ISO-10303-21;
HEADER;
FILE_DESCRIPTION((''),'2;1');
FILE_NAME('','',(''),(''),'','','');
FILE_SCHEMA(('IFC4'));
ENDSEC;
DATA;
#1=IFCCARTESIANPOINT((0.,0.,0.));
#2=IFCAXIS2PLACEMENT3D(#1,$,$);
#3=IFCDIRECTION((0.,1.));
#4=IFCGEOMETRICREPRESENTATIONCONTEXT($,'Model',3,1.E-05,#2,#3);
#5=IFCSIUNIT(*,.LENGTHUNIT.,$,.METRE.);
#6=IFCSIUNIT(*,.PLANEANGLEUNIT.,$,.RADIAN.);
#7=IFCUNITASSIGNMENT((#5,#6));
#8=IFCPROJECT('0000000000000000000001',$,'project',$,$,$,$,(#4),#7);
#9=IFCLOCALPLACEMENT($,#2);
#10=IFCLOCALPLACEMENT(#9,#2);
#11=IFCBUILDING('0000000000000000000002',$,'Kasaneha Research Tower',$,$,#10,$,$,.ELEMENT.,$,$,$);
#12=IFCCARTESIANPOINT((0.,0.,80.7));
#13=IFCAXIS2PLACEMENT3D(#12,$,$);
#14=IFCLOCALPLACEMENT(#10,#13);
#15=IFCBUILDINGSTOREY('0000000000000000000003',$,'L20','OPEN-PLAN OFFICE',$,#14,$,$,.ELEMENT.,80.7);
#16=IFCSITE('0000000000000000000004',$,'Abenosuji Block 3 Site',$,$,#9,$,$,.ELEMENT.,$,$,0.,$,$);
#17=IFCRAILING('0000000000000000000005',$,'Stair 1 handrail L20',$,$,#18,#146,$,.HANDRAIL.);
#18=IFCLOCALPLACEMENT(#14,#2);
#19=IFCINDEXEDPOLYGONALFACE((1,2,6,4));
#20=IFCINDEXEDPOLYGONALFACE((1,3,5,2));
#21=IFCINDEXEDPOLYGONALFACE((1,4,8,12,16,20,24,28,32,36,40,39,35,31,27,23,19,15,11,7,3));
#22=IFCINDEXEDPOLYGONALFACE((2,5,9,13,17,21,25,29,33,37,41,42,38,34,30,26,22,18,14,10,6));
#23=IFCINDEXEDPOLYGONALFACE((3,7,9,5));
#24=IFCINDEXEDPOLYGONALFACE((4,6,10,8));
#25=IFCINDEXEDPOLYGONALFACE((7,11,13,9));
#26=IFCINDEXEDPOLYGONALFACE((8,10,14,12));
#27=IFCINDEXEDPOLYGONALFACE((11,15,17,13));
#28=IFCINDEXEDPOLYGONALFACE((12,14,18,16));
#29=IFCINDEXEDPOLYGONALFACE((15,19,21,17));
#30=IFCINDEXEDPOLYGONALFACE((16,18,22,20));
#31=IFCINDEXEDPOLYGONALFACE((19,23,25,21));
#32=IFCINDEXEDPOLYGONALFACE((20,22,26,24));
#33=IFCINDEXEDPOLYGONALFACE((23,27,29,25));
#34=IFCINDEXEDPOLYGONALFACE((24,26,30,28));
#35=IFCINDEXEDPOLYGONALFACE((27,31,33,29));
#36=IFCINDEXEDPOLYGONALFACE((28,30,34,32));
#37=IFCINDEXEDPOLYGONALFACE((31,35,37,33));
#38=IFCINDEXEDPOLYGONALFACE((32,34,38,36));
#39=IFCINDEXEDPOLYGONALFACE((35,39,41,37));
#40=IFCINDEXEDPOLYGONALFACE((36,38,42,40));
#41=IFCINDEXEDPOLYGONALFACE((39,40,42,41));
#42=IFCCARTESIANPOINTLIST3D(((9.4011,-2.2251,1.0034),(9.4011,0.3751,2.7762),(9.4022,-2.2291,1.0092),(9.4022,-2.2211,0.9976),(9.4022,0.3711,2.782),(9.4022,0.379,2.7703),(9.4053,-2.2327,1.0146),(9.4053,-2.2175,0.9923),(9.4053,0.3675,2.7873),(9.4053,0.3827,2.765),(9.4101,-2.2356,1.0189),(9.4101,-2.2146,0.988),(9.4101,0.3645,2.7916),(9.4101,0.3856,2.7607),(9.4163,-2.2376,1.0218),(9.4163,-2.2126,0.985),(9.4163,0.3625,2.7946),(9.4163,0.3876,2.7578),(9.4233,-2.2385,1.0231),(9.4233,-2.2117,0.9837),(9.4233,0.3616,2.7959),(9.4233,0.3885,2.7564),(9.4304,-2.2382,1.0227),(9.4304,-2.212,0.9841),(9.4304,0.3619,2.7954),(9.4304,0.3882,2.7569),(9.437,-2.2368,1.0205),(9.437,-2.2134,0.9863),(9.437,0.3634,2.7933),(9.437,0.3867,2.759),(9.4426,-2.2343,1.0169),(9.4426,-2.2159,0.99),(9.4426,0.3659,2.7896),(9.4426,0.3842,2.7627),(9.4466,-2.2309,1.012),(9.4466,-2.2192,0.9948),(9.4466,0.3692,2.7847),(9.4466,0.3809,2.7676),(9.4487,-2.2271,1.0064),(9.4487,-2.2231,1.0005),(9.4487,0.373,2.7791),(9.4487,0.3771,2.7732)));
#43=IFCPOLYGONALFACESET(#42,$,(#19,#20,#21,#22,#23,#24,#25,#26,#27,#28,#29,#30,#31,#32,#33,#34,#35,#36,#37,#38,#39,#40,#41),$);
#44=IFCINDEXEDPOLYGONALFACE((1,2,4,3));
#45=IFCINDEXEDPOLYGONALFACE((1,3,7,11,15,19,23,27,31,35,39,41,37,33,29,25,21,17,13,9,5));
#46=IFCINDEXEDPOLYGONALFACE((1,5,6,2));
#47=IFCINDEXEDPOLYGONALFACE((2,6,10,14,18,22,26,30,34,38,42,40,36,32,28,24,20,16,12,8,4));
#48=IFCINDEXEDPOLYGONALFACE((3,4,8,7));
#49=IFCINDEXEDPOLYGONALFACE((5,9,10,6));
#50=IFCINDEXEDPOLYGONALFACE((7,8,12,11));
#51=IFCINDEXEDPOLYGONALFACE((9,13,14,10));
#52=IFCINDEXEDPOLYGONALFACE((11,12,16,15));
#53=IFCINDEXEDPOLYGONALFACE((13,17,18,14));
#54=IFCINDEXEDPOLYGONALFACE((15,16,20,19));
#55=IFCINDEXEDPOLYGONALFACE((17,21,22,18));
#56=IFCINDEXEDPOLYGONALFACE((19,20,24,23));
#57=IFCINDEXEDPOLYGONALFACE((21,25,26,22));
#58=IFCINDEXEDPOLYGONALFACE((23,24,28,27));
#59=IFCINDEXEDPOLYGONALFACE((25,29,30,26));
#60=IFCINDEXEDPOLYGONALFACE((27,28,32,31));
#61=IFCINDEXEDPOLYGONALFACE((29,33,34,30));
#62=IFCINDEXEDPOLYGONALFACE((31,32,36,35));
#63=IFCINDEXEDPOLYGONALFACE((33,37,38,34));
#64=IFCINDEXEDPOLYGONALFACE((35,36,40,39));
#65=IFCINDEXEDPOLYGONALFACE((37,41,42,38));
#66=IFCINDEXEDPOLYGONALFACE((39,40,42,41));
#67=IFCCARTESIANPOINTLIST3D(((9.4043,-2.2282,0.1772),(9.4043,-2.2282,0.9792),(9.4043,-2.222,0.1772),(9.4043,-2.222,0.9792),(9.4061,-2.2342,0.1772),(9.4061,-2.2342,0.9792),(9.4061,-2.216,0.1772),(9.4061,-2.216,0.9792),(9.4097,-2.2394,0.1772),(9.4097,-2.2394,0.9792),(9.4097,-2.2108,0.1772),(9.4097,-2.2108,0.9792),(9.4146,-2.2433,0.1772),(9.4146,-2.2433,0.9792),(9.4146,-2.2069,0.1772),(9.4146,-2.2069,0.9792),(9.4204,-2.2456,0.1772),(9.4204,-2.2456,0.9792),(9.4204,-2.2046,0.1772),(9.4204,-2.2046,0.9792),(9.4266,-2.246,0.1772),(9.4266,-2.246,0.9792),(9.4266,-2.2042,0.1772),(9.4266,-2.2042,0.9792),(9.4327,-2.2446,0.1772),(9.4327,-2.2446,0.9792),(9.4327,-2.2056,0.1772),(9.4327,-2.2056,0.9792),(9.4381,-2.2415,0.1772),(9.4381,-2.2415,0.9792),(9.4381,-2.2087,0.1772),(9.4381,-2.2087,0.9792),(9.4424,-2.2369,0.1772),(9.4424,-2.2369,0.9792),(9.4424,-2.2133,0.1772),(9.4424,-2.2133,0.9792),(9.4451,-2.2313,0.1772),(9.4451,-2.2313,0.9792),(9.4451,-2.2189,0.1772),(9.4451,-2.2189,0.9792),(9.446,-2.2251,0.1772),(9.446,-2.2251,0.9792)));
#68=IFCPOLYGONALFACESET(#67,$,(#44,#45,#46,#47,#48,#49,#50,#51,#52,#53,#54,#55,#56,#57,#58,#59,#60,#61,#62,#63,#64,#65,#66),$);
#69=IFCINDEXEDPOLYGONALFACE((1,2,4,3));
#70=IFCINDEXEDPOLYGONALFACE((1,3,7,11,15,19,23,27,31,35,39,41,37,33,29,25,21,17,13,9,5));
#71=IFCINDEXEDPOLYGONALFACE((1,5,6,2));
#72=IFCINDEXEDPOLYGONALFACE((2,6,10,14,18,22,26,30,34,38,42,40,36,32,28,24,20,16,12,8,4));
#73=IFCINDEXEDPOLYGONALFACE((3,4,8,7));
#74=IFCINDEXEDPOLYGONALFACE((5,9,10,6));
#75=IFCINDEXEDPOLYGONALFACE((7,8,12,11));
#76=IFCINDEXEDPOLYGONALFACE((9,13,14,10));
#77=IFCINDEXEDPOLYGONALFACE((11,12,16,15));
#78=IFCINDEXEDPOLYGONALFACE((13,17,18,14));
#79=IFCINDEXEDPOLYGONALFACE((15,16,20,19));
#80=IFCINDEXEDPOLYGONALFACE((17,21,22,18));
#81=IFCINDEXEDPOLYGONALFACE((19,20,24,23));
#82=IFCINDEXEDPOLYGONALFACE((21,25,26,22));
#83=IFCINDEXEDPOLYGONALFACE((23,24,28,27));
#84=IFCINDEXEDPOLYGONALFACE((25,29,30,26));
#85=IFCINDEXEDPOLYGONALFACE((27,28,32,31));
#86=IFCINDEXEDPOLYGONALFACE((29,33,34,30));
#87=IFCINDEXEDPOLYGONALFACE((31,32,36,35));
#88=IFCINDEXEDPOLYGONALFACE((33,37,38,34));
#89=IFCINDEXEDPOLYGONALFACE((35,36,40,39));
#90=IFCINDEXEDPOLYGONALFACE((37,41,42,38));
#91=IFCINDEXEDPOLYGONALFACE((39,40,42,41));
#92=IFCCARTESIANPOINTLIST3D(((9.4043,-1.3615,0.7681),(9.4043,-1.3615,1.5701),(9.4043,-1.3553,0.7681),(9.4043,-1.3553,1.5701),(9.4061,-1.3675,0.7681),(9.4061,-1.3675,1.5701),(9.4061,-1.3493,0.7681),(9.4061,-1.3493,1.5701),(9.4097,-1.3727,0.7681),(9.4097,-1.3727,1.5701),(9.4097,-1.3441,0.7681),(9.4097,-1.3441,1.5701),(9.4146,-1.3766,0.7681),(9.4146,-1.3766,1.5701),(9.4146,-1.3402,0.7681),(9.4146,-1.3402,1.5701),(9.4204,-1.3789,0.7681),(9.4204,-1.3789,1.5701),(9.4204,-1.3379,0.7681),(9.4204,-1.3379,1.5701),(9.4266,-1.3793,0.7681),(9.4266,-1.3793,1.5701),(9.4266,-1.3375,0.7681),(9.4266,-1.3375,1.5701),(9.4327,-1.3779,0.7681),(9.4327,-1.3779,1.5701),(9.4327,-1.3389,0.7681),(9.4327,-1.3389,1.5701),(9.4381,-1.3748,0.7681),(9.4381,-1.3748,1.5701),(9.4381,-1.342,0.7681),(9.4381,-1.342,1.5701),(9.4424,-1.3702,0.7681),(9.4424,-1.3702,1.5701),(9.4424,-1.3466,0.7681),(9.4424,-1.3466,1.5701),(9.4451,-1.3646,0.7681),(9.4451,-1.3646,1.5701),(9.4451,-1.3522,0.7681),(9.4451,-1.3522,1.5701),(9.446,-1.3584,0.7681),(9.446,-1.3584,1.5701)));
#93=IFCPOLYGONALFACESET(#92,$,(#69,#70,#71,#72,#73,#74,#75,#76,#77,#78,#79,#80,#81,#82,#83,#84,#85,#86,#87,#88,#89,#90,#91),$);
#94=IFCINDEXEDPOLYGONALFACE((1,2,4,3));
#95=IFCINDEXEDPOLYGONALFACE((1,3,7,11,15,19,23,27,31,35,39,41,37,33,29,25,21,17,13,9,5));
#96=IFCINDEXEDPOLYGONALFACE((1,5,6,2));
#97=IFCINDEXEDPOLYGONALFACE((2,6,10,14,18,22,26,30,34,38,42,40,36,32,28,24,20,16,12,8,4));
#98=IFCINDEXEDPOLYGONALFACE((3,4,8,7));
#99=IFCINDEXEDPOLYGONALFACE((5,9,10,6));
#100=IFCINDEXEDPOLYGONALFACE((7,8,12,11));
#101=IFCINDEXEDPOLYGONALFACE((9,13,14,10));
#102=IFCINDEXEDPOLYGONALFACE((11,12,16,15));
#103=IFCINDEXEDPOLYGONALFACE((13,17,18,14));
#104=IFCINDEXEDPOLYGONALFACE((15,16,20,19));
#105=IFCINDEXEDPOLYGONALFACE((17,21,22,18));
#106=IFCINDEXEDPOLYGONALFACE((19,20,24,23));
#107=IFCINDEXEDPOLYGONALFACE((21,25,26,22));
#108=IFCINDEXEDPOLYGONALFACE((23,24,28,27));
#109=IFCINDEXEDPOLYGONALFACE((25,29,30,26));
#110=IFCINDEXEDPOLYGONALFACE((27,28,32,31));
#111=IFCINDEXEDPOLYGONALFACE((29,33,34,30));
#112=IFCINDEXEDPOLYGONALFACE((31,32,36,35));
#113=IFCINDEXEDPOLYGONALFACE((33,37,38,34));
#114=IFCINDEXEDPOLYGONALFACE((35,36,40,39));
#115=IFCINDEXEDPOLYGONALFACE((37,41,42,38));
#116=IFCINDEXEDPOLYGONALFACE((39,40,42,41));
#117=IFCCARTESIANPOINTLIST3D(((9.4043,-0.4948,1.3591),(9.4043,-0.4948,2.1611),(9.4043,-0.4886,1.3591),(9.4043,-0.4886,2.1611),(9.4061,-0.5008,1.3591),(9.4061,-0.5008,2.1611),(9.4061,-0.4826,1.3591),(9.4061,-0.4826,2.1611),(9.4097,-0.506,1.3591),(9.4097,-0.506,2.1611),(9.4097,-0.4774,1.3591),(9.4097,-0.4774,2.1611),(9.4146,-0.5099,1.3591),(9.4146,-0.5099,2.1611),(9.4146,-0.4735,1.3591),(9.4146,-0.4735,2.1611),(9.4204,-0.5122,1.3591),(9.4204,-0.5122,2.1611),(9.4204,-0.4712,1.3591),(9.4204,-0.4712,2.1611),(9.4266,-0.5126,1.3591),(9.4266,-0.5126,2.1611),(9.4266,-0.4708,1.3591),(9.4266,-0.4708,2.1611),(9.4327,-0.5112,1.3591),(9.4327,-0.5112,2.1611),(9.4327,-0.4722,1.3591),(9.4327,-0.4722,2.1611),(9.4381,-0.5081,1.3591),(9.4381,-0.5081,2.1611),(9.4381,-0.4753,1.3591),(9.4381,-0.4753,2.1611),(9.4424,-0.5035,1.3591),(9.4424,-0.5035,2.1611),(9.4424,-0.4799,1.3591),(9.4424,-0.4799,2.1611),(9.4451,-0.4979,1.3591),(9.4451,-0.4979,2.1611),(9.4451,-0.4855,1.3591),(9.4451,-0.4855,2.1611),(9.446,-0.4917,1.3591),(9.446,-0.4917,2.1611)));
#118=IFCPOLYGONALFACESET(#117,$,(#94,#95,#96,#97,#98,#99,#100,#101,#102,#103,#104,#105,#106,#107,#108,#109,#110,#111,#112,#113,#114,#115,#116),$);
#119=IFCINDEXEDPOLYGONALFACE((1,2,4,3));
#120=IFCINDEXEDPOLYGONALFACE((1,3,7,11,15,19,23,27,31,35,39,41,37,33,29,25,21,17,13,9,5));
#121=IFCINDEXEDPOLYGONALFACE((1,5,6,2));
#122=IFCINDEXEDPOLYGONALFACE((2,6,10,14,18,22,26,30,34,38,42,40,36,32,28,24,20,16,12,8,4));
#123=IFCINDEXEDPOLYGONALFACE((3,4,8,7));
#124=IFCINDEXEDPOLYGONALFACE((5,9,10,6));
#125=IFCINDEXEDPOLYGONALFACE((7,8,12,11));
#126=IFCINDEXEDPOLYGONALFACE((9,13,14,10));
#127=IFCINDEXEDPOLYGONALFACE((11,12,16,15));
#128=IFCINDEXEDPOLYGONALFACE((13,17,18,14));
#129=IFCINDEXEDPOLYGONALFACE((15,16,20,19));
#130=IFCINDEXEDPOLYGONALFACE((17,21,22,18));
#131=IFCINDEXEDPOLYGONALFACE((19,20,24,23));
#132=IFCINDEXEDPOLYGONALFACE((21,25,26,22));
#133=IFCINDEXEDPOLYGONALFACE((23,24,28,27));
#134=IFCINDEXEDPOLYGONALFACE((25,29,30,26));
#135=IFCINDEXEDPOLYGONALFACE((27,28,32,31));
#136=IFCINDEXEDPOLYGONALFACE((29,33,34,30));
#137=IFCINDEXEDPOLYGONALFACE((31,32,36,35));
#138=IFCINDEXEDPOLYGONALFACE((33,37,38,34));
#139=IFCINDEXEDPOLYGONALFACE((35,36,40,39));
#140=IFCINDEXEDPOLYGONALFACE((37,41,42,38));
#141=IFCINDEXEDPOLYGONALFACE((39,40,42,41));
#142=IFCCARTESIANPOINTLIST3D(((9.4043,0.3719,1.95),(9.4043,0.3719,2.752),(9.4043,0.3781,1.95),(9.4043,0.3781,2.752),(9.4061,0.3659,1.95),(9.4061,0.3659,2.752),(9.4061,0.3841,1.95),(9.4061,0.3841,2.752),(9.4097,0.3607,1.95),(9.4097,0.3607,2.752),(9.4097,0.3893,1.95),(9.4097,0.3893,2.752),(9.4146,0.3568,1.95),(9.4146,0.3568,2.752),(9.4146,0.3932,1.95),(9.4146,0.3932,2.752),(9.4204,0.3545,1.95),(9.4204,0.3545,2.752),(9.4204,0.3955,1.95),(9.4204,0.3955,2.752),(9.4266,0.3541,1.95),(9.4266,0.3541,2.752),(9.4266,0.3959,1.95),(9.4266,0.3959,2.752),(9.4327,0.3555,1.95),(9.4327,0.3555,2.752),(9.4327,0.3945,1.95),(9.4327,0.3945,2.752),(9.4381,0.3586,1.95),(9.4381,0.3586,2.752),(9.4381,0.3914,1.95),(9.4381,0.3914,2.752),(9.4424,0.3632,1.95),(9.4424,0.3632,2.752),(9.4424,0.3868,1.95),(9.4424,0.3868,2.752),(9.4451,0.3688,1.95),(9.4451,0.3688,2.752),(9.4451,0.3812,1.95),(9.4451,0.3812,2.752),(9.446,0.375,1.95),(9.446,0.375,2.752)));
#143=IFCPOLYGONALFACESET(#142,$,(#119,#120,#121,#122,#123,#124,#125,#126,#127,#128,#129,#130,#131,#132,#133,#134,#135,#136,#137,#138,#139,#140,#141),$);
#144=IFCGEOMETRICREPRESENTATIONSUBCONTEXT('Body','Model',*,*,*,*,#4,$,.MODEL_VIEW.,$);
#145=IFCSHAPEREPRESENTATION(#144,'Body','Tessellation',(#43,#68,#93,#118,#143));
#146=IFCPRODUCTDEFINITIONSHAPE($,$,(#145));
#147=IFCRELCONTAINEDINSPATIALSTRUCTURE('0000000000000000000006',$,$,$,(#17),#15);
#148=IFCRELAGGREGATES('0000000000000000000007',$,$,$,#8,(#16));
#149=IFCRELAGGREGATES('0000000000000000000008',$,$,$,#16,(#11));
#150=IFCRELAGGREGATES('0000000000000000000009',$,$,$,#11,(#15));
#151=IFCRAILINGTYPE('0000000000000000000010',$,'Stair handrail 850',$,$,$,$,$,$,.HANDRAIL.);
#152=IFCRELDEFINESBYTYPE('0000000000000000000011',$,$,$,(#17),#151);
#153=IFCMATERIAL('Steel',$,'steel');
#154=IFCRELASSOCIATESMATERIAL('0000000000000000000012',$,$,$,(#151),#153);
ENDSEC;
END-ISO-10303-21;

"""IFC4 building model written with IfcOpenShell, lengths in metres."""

from ifc_helpers import new_model, si_unit, direction, frame, origin, origin_2d, place, context, subcontext, project, spatial, circle, extrude, material, type_object, element, save


model = new_model("IFC4")

# Units and contexts
model_context = context("Model", 3, precision=1e-05, world=origin(), true_north=direction((0.0, 1.0)))
body_context = subcontext(model_context, "Body", "Model", "MODEL_VIEW")
ifc_project = project(units=[si_unit("LENGTHUNIT", "METRE"), si_unit("PLANEANGLEUNIT", "RADIAN")], contexts=[model_context])

# Site, building, storey
site_placement = place(None, origin())
site = spatial("IfcSite", under=ifc_project, at=site_placement, Name="Abenosuji Block 3 Site", CompositionType="ELEMENT", RefElevation=0.0)
building_placement = place(site_placement, origin())
building = spatial("IfcBuilding", under=site, at=building_placement, Name="Kasaneha Research Tower", CompositionType="ELEMENT")
storey_placement = place(building_placement, frame((0.0, 0.0, 80.7)))
storey = spatial("IfcBuildingStorey", under=building, at=storey_placement, Name="L20", Description="OPEN-PLAN OFFICE", CompositionType="ELEMENT", Elevation=80.7)

# Railing
ifc_material_1 = material(Name="Steel", Category="steel")
railing_type = type_object("IfcRailingType", Name="Stair handrail 850", PredefinedType="HANDRAIL", material=ifc_material_1)
railing_placement = place(storey_placement, frame((9.425, -2.2251, 0.1772)))
element("IfcRailing", 1, at=railing_placement, inside=storey, type_object=railing_type, Name="Stair 1 handrail L20", PredefinedType="HANDRAIL", context=body_context, shape_type="SweptSolid", body=[
    extrude(circle(Radius=0.0239, at=origin_2d()), frame((0.0, 0.0, 0.8262), z_axis=(0.0, 0.82624, 0.563318), x_axis=(-1.0, 0.0, 0.0)), (0.0, 0.0, 1.0), 3.147),
    extrude(circle(Radius=0.021, at=origin_2d()), origin(), (0.0, 0.0, 1.0), 0.802),
    extrude(circle(Radius=0.021, at=origin_2d()), frame((0.0, 0.8667, 0.5908)), (0.0, 0.0, 1.0), 0.802),
    extrude(circle(Radius=0.021, at=origin_2d()), frame((0.0, 1.7334, 1.1819)), (0.0, 0.0, 1.0), 0.802),
    extrude(circle(Radius=0.021, at=origin_2d()), frame((0.0, 2.6001, 1.7727)), (0.0, 0.0, 1.0), 0.802),
])

save(model, "model.ifc")
